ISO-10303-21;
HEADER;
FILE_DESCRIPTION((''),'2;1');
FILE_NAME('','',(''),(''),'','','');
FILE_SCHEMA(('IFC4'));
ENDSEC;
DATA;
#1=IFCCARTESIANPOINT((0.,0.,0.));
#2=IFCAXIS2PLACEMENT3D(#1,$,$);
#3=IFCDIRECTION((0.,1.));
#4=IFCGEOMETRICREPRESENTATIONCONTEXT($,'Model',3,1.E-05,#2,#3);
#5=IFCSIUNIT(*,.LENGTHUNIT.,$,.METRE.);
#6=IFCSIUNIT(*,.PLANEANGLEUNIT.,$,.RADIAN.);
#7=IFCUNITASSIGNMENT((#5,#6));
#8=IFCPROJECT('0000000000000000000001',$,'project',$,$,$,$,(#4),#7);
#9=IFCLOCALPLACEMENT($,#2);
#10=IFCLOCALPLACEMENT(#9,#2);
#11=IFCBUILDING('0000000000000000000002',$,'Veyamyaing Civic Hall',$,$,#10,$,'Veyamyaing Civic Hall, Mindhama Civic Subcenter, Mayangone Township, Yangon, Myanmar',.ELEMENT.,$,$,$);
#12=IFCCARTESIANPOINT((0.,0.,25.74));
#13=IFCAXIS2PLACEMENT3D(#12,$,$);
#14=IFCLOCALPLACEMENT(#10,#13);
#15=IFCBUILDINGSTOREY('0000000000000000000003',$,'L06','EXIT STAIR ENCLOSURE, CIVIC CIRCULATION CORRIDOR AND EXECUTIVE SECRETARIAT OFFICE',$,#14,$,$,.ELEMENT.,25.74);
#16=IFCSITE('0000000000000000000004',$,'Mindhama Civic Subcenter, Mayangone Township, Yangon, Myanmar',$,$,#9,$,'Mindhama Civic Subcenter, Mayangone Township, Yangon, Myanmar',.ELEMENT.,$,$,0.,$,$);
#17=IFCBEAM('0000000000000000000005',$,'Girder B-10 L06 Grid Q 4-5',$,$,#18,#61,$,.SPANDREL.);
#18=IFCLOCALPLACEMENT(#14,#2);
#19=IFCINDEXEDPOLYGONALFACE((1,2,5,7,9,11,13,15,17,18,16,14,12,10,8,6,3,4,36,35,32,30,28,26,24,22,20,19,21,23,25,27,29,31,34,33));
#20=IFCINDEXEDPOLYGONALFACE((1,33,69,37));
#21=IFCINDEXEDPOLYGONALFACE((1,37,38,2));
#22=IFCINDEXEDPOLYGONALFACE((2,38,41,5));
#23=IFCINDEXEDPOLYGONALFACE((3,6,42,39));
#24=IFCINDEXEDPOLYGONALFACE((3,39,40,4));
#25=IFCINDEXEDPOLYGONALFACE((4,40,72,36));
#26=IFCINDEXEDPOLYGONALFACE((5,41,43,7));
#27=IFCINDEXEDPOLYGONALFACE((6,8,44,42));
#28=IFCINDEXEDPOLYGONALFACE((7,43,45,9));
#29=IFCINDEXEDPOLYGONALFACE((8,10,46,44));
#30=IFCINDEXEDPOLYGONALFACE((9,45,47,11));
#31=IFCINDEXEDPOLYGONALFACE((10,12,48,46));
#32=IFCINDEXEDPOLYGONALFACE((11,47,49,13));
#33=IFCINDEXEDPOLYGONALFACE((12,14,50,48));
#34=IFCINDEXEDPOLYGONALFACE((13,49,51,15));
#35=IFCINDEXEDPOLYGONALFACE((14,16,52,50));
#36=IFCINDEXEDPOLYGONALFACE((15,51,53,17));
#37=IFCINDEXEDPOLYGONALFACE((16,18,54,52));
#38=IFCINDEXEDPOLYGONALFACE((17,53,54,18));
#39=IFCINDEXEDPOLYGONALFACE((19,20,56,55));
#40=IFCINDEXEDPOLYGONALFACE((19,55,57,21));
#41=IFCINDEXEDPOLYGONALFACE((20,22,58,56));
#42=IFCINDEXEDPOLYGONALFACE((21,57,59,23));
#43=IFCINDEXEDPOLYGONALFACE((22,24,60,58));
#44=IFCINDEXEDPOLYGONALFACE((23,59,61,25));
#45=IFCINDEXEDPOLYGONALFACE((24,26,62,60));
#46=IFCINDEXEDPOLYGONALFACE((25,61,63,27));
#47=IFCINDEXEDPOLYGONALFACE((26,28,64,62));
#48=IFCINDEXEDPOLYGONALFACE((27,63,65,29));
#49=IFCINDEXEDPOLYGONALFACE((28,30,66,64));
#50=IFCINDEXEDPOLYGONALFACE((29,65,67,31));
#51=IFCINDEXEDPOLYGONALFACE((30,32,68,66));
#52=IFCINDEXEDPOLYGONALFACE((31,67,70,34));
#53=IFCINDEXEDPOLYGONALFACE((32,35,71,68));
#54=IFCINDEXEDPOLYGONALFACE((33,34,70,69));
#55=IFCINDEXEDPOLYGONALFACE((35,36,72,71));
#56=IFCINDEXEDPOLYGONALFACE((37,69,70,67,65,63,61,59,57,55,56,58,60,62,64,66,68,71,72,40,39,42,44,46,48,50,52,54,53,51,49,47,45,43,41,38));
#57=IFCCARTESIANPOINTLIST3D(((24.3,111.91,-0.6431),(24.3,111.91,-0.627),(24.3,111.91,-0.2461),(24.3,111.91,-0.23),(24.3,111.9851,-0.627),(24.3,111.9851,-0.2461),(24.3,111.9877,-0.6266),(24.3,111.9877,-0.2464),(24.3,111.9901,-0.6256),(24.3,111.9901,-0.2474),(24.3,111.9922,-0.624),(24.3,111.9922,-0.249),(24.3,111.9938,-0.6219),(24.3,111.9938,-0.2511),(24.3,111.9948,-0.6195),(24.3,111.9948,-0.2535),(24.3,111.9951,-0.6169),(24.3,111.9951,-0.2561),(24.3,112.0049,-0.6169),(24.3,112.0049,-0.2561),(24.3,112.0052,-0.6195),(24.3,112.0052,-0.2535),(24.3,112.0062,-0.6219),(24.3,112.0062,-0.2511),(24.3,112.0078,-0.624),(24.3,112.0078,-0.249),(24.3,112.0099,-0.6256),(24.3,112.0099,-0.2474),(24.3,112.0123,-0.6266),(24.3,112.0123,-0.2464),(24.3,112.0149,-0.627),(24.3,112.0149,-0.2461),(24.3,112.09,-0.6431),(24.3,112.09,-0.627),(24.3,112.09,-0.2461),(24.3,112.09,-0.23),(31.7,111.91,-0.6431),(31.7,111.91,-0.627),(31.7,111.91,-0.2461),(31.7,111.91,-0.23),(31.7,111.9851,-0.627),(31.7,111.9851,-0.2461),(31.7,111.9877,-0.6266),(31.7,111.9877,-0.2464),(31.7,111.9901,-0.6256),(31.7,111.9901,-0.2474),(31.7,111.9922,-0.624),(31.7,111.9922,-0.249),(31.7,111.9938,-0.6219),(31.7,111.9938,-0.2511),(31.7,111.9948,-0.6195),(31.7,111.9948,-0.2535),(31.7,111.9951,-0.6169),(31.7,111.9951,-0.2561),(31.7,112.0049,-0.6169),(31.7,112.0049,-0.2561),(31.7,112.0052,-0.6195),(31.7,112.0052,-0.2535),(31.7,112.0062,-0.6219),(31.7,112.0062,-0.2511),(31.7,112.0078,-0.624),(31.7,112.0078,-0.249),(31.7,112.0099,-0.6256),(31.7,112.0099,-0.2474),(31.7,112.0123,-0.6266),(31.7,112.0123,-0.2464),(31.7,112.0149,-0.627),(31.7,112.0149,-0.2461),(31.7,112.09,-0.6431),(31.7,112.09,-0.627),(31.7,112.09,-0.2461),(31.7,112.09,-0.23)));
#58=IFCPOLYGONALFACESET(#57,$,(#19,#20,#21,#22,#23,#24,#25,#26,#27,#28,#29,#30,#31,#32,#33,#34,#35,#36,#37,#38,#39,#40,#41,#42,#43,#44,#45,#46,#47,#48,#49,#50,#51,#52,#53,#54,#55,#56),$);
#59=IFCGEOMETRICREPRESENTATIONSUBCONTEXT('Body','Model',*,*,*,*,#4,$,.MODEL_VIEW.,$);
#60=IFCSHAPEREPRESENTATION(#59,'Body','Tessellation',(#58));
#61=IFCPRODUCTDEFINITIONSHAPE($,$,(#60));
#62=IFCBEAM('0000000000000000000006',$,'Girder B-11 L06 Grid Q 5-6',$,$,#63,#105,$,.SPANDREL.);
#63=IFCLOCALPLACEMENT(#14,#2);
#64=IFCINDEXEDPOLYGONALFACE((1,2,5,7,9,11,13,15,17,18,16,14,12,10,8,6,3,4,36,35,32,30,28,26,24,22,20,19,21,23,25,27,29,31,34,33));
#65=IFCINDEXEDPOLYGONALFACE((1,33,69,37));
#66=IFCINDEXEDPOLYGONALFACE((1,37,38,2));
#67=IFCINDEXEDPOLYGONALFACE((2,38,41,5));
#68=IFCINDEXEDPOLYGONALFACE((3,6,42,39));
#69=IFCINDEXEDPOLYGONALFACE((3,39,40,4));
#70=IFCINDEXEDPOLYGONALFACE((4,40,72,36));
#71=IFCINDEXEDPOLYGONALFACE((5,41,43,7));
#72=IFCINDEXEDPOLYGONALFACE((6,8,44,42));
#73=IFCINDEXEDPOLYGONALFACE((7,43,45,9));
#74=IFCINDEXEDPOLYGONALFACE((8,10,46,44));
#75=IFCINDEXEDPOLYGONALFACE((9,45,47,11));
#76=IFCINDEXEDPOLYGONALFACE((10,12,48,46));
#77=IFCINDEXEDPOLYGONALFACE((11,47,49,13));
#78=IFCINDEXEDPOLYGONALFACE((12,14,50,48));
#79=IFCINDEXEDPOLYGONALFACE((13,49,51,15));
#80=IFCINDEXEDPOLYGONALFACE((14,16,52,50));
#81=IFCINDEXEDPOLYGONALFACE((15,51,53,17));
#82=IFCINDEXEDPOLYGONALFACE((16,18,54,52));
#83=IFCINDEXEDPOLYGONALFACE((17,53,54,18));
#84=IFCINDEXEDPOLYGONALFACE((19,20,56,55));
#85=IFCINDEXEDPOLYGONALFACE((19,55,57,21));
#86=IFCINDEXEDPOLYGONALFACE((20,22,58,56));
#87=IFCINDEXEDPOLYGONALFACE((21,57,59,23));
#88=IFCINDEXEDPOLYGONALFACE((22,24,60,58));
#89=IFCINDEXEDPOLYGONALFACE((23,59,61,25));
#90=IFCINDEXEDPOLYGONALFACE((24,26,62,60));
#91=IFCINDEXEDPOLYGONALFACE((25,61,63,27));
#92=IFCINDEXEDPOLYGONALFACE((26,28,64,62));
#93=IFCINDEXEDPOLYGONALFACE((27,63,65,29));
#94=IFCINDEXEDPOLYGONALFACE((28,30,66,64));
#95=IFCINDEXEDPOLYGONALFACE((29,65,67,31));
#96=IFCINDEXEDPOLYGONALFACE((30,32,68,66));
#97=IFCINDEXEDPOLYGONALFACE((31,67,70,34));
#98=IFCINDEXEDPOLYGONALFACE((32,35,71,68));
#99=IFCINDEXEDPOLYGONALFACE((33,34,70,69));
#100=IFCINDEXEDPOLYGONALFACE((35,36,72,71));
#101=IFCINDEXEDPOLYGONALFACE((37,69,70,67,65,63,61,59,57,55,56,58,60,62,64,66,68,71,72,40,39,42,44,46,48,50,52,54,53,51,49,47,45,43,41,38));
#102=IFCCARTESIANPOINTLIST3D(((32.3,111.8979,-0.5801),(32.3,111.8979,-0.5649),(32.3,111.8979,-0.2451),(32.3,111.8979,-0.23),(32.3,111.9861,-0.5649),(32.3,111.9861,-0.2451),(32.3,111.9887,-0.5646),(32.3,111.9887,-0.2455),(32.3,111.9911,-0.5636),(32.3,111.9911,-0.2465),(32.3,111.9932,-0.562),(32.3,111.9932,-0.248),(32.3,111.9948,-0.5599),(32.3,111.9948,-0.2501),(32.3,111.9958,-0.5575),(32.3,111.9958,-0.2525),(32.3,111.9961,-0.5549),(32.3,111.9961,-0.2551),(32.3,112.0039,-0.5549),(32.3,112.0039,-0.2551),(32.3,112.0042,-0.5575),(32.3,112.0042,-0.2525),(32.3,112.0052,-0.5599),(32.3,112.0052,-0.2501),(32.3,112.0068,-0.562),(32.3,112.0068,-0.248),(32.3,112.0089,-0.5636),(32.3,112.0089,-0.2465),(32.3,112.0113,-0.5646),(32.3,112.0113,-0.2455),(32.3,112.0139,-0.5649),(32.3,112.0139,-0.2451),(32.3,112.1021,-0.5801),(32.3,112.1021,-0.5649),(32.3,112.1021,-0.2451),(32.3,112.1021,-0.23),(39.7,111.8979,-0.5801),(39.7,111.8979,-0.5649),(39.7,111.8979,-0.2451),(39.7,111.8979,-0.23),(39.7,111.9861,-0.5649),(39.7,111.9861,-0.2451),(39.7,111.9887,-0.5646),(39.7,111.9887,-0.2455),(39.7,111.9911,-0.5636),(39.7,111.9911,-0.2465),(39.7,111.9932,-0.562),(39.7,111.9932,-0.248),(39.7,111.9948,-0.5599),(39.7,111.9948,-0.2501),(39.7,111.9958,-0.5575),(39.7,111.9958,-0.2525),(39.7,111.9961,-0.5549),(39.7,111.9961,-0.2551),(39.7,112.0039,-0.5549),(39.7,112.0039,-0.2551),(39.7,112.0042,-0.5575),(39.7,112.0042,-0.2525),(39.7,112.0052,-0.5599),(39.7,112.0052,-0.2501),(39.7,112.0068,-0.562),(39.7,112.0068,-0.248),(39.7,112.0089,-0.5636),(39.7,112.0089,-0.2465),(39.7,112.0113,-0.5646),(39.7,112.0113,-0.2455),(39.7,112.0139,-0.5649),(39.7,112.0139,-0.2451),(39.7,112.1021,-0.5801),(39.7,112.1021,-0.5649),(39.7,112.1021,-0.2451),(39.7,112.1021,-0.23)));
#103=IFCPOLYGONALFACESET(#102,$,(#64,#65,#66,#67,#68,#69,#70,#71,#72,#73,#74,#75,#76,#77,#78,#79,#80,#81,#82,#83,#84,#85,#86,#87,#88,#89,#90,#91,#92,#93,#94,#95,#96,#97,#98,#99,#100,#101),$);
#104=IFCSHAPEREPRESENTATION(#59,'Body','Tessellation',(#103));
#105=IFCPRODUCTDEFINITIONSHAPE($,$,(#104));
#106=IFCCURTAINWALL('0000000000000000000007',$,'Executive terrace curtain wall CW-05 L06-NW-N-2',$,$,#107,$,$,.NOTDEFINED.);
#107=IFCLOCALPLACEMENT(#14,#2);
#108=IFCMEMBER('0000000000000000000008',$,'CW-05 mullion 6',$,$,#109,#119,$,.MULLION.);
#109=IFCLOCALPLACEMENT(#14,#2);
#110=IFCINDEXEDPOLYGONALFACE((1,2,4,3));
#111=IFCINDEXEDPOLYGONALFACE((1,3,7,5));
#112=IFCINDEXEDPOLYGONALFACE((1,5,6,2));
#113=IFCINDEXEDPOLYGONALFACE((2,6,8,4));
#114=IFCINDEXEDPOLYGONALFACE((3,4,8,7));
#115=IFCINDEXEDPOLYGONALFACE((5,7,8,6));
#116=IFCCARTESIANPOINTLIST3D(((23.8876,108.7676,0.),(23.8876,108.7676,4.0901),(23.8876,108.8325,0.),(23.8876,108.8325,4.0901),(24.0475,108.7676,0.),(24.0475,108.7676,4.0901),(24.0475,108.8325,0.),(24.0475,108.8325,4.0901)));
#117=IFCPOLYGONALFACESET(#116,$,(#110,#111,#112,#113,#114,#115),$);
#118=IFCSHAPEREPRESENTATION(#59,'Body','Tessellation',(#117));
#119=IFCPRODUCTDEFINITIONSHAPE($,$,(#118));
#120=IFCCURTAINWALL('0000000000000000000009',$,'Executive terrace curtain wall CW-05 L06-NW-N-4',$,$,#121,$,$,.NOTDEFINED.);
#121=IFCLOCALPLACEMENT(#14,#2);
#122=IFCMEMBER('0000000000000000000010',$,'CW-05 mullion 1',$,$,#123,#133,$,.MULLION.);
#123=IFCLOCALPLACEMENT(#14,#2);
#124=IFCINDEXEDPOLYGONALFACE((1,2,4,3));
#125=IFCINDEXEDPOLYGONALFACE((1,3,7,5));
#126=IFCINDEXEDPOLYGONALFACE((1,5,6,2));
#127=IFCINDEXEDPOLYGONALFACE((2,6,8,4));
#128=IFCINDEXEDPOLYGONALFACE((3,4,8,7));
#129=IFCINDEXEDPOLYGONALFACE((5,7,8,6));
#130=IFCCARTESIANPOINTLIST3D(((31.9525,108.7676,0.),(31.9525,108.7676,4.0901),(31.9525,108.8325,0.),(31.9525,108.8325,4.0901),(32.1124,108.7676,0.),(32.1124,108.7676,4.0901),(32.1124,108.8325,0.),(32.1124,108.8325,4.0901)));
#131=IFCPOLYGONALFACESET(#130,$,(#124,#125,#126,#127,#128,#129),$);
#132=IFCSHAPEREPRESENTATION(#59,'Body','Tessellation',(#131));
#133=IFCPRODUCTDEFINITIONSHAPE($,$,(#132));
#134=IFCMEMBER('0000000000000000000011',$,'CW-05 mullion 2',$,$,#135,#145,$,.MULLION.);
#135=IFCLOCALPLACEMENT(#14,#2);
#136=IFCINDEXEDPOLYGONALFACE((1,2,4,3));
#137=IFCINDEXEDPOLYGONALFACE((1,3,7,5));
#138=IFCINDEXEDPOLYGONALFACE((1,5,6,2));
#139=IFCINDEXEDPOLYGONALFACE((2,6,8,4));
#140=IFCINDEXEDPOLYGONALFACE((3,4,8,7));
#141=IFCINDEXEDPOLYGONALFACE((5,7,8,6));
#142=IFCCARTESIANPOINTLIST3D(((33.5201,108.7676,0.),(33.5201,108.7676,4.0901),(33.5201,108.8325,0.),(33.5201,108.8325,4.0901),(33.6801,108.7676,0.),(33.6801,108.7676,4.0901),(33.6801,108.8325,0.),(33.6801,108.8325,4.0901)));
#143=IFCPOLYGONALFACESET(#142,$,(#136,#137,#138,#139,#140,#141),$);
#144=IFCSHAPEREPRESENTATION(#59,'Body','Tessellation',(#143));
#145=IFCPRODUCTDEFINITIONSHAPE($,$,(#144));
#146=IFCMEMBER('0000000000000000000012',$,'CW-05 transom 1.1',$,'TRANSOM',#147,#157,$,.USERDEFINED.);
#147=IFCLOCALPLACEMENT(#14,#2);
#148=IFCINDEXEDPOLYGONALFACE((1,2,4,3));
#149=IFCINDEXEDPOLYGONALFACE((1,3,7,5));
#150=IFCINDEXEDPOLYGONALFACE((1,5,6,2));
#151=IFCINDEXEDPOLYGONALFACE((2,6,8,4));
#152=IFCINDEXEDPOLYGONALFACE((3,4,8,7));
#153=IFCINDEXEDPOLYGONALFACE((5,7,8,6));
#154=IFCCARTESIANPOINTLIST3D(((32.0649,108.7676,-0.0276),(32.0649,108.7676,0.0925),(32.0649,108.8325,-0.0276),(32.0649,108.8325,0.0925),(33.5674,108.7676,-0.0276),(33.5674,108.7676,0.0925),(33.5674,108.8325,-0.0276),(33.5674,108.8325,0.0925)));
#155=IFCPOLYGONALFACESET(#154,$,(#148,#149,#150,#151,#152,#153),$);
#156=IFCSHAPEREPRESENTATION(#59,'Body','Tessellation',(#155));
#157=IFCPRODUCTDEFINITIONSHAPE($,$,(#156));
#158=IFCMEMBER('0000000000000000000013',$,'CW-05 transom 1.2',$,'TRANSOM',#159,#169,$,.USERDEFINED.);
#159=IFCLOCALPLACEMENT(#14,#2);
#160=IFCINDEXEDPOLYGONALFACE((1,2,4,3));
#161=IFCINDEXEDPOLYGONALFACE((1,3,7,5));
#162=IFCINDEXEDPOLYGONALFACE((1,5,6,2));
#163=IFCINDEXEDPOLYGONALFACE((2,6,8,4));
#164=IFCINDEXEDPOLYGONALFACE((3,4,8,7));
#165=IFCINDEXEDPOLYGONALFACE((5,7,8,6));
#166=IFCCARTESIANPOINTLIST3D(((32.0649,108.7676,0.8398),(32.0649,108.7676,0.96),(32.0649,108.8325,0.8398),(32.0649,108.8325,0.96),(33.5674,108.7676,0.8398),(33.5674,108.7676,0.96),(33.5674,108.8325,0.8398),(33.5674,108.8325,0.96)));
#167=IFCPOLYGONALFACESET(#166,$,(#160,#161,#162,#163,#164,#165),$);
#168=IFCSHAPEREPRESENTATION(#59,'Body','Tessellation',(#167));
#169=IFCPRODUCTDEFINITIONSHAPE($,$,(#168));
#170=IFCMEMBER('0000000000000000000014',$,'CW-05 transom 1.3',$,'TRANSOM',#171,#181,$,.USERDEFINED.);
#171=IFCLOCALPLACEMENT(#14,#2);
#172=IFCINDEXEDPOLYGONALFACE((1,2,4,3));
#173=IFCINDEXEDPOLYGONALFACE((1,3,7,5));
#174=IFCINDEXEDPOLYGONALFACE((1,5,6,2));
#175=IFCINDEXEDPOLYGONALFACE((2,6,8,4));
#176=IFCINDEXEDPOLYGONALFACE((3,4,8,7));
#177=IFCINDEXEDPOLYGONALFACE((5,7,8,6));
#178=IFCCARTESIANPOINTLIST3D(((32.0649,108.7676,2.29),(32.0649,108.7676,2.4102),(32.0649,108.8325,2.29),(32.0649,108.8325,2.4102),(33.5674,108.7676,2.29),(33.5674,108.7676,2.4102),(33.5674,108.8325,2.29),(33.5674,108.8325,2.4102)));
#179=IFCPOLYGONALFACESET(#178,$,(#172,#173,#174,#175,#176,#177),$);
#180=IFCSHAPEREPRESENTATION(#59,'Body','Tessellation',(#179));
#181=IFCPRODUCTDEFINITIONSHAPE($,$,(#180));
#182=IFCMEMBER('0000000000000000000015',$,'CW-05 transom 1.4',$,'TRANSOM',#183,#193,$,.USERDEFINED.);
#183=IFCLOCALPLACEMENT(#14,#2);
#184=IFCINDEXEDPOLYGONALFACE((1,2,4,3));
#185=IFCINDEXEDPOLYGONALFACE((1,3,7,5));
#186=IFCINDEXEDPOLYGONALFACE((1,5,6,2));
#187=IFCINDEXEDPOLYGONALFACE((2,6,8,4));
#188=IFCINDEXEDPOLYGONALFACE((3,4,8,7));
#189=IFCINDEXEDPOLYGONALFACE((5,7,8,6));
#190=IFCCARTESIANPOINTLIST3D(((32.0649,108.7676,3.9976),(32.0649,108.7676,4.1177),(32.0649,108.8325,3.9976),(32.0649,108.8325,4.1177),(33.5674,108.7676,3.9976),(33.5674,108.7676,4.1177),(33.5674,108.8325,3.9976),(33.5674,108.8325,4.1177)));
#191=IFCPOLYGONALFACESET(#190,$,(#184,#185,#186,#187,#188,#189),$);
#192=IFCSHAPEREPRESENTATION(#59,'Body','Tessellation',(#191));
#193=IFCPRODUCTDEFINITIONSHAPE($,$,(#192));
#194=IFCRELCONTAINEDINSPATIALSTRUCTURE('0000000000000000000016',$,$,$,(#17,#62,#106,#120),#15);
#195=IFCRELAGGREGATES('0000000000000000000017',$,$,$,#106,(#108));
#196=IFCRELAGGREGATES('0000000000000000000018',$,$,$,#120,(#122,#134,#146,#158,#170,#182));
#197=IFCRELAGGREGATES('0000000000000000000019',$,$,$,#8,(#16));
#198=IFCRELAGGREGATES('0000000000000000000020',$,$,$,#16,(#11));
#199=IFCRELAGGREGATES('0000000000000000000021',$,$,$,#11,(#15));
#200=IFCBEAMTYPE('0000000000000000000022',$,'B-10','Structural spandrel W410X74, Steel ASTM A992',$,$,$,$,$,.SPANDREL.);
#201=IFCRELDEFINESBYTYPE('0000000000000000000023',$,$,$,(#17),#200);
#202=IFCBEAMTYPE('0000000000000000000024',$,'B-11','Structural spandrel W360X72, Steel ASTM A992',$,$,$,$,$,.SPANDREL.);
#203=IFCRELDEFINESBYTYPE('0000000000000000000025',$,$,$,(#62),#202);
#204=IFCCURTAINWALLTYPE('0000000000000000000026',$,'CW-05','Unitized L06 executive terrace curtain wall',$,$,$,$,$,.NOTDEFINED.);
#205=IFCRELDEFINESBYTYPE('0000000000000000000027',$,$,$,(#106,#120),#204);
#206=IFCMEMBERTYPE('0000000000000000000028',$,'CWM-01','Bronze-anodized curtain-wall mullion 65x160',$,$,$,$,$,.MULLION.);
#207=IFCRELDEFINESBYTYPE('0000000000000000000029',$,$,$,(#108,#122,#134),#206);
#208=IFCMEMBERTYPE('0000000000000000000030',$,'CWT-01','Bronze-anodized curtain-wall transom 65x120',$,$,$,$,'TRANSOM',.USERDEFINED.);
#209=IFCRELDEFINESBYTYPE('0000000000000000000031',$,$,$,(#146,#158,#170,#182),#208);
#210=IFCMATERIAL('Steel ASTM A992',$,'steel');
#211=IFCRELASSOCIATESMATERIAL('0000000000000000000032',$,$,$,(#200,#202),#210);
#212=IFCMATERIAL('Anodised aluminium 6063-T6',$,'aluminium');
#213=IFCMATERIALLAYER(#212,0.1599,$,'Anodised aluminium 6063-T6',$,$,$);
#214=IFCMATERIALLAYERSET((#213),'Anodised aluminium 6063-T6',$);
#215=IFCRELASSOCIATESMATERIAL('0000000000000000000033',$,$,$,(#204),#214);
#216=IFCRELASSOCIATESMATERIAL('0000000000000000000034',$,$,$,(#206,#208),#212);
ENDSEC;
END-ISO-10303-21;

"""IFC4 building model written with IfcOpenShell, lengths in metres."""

from ifc_helpers import new_model, si_unit, direction, frame, origin, origin_2d, place, context, subcontext, project, spatial, rectangle, i_section, extrude, material, layer, layer_set, material_profile, profile_set, type_object, element, aggregate, save


model = new_model("IFC4")

# Units and contexts
model_context = context("Model", 3, precision=1e-05, world=origin(), true_north=direction((0.0, 1.0)))
body_context = subcontext(model_context, "Body", "Model", "MODEL_VIEW")
ifc_project = project(units=[si_unit("LENGTHUNIT", "METRE"), si_unit("PLANEANGLEUNIT", "RADIAN")], contexts=[model_context])

# Site, building, storey
site_placement = place(None, origin())
site = spatial("IfcSite", under=ifc_project, at=site_placement, Name="Mindhama Civic Subcenter, Mayangone Township, Yangon, Myanmar", LongName="Mindhama Civic Subcenter, Mayangone Township, Yangon, Myanmar", CompositionType="ELEMENT", RefElevation=0.0)
building_placement = place(site_placement, origin())
building = spatial("IfcBuilding", under=site, at=building_placement, Name="Veyamyaing Civic Hall", LongName="Veyamyaing Civic Hall, Mindhama Civic Subcenter, Mayangone Township, Yangon, Myanmar", CompositionType="ELEMENT")
storey_placement = place(building_placement, frame((0.0, 0.0, 25.74)))
storey = spatial("IfcBuildingStorey", under=building, at=storey_placement, Name="L06", Description="EXIT STAIR ENCLOSURE, CIVIC CIRCULATION CORRIDOR AND EXECUTIVE SECRETARIAT OFFICE", CompositionType="ELEMENT", Elevation=25.74)

# Beams
ifc_material_1 = material(Name="Steel ASTM A992", Category="steel")
ifc_material_profile_1 = material_profile(ifc_material_1, i_section(OverallWidth=0.1799, OverallDepth=0.4131, WebThickness=0.0098, FlangeThickness=0.0161, FilletRadius=0.01, at=origin_2d()), Name="W410X74")
ifc_profile_set_1 = profile_set([ifc_material_profile_1], Name="Steel ASTM A992")
beam_type_1 = type_object("IfcBeamType", Name="B-10", Description="Structural spandrel W410X74, Steel ASTM A992", PredefinedType="SPANDREL", material=ifc_profile_set_1)
beam_1_placement = place(storey_placement, frame((24.3, 112.0, -0.4365), z_axis=(1.0, 0.0, 0.0), x_axis=(0.0, 1.0, 0.0)))
element("IfcBeam", 1, at=beam_1_placement, inside=storey, type_object=beam_type_1, Name="Girder B-10 L06 Grid Q 4-5", PredefinedType="SPANDREL", context=body_context, shape_type="SweptSolid", body=[
    extrude(i_section(OverallWidth=0.1799, OverallDepth=0.4131, WebThickness=0.0098, FlangeThickness=0.0161, FilletRadius=0.01, at=origin_2d()), origin(), (0.0, 0.0, 1.0), 7.3999),
])
ifc_material_profile_2 = material_profile(ifc_material_1, i_section(OverallWidth=0.2041, OverallDepth=0.3501, WebThickness=0.0078, FlangeThickness=0.0151, FilletRadius=0.01, at=origin_2d()), Name="W360X72")
ifc_profile_set_2 = profile_set([ifc_material_profile_2], Name="Steel ASTM A992")
beam_type_2 = type_object("IfcBeamType", Name="B-11", Description="Structural spandrel W360X72, Steel ASTM A992", PredefinedType="SPANDREL", material=ifc_profile_set_2)
beam_2_placement = place(storey_placement, frame((32.3, 112.0, -0.405), z_axis=(1.0, 0.0, 0.0), x_axis=(0.0, 1.0, 0.0)))
element("IfcBeam", 2, at=beam_2_placement, inside=storey, type_object=beam_type_2, Name="Girder B-11 L06 Grid Q 5-6", PredefinedType="SPANDREL", context=body_context, shape_type="SweptSolid", body=[
    extrude(i_section(OverallWidth=0.2041, OverallDepth=0.3501, WebThickness=0.0078, FlangeThickness=0.0151, FilletRadius=0.01, at=origin_2d()), origin(), (0.0, 0.0, 1.0), 7.3999),
])

# Curtain wall, member
ifc_material_2 = material(Name="Anodised aluminium 6063-T6", Category="aluminium")
ifc_layer_1 = layer(ifc_material_2, 0.1599, Name="Anodised aluminium 6063-T6")
ifc_layer_set_1 = layer_set([ifc_layer_1], Name="Anodised aluminium 6063-T6")
curtain_wall_type = type_object("IfcCurtainWallType", Name="CW-05", Description="Unitized L06 executive terrace curtain wall", PredefinedType="NOTDEFINED", material=ifc_layer_set_1)
curtain_wall_1_placement = place(storey_placement, origin())
curtain_wall_1 = element("IfcCurtainWall", 3, at=curtain_wall_1_placement, inside=storey, type_object=curtain_wall_type, Name="Executive terrace curtain wall CW-05 L06-NW-N-2", PredefinedType="NOTDEFINED")
ifc_material_profile_3 = material_profile(ifc_material_2, rectangle(XDim=0.0649, YDim=0.1599, at=origin_2d()), Name="ALU-MUL-65X160")
ifc_profile_set_3 = profile_set([ifc_material_profile_3], Name="Anodised aluminium 6063-T6")
member_type_1 = type_object("IfcMemberType", Name="CWM-01", Description="Bronze-anodized curtain-wall mullion 65x160", PredefinedType="MULLION", material=ifc_profile_set_3)
member_1_placement = place(storey_placement, frame((23.9675, 108.8, 0.0), z_axis=(0.0, 0.0, 1.0), x_axis=(0.0, 1.0, 0.0)))
member_1 = element("IfcMember", 4, at=member_1_placement, type_object=member_type_1, Name="CW-05 mullion 6", PredefinedType="MULLION", context=body_context, shape_type="SweptSolid", body=[
    extrude(rectangle(XDim=0.0649, YDim=0.1599, at=origin_2d()), origin(), (0.0, 0.0, 1.0), 4.0901),
])
aggregate(curtain_wall_1, [member_1])

# Curtain wall, members
curtain_wall_2_placement = place(storey_placement, origin())
curtain_wall_2 = element("IfcCurtainWall", 5, at=curtain_wall_2_placement, inside=storey, type_object=curtain_wall_type, Name="Executive terrace curtain wall CW-05 L06-NW-N-4", PredefinedType="NOTDEFINED")
member_2_placement = place(storey_placement, frame((32.0325, 108.8, 0.0), z_axis=(0.0, 0.0, 1.0), x_axis=(0.0, 1.0, 0.0)))
member_2 = element("IfcMember", 6, at=member_2_placement, type_object=member_type_1, Name="CW-05 mullion 1", PredefinedType="MULLION", context=body_context, shape_type="SweptSolid", body=[
    extrude(rectangle(XDim=0.0649, YDim=0.1599, at=origin_2d()), origin(), (0.0, 0.0, 1.0), 4.0901),
])
member_3_placement = place(storey_placement, frame((33.6001, 108.8, 0.0), z_axis=(0.0, 0.0, 1.0), x_axis=(0.0, 1.0, 0.0)))
member_3 = element("IfcMember", 7, at=member_3_placement, type_object=member_type_1, Name="CW-05 mullion 2", PredefinedType="MULLION", context=body_context, shape_type="SweptSolid", body=[
    extrude(rectangle(XDim=0.0649, YDim=0.1599, at=origin_2d()), origin(), (0.0, 0.0, 1.0), 4.0901),
])
ifc_material_profile_4 = material_profile(ifc_material_2, rectangle(XDim=0.0649, YDim=0.1201, at=origin_2d()), Name="ALU-TRN-65X120")
ifc_profile_set_4 = profile_set([ifc_material_profile_4], Name="Anodised aluminium 6063-T6")
member_type_2 = type_object("IfcMemberType", Name="CWT-01", Description="Bronze-anodized curtain-wall transom 65x120", ElementType="TRANSOM", PredefinedType="USERDEFINED", material=ifc_profile_set_4)
member_4_placement = place(storey_placement, frame((32.0649, 108.8, 0.0325), z_axis=(1.0, 0.0, 0.0), x_axis=(0.0, 1.0, 0.0)))
member_4 = element("IfcMember", 8, at=member_4_placement, type_object=member_type_2, Name="CW-05 transom 1.1", ObjectType="TRANSOM", PredefinedType="USERDEFINED", context=body_context, shape_type="SweptSolid", body=[
    extrude(rectangle(XDim=0.0649, YDim=0.1201, at=origin_2d()), origin(), (0.0, 0.0, 1.0), 1.5024),
])
member_5_placement = place(storey_placement, frame((32.0649, 108.8, 0.8999), z_axis=(1.0, 0.0, 0.0), x_axis=(0.0, 1.0, 0.0)))
member_5 = element("IfcMember", 9, at=member_5_placement, type_object=member_type_2, Name="CW-05 transom 1.2", ObjectType="TRANSOM", PredefinedType="USERDEFINED", context=body_context, shape_type="SweptSolid", body=[
    extrude(rectangle(XDim=0.0649, YDim=0.1201, at=origin_2d()), origin(), (0.0, 0.0, 1.0), 1.5024),
])
member_6_placement = place(storey_placement, frame((32.0649, 108.8, 2.3501), z_axis=(1.0, 0.0, 0.0), x_axis=(0.0, 1.0, 0.0)))
member_6 = element("IfcMember", 10, at=member_6_placement, type_object=member_type_2, Name="CW-05 transom 1.3", ObjectType="TRANSOM", PredefinedType="USERDEFINED", context=body_context, shape_type="SweptSolid", body=[
    extrude(rectangle(XDim=0.0649, YDim=0.1201, at=origin_2d()), origin(), (0.0, 0.0, 1.0), 1.5024),
])
member_7_placement = place(storey_placement, frame((32.0649, 108.8, 4.0576), z_axis=(1.0, 0.0, 0.0), x_axis=(0.0, 1.0, 0.0)))
member_7 = element("IfcMember", 11, at=member_7_placement, type_object=member_type_2, Name="CW-05 transom 1.4", ObjectType="TRANSOM", PredefinedType="USERDEFINED", context=body_context, shape_type="SweptSolid", body=[
    extrude(rectangle(XDim=0.0649, YDim=0.1201, at=origin_2d()), origin(), (0.0, 0.0, 1.0), 1.5024),
])

aggregate(curtain_wall_2, [member_2, member_3, member_4, member_5, member_6, member_7])

save(model, "model.ifc")
